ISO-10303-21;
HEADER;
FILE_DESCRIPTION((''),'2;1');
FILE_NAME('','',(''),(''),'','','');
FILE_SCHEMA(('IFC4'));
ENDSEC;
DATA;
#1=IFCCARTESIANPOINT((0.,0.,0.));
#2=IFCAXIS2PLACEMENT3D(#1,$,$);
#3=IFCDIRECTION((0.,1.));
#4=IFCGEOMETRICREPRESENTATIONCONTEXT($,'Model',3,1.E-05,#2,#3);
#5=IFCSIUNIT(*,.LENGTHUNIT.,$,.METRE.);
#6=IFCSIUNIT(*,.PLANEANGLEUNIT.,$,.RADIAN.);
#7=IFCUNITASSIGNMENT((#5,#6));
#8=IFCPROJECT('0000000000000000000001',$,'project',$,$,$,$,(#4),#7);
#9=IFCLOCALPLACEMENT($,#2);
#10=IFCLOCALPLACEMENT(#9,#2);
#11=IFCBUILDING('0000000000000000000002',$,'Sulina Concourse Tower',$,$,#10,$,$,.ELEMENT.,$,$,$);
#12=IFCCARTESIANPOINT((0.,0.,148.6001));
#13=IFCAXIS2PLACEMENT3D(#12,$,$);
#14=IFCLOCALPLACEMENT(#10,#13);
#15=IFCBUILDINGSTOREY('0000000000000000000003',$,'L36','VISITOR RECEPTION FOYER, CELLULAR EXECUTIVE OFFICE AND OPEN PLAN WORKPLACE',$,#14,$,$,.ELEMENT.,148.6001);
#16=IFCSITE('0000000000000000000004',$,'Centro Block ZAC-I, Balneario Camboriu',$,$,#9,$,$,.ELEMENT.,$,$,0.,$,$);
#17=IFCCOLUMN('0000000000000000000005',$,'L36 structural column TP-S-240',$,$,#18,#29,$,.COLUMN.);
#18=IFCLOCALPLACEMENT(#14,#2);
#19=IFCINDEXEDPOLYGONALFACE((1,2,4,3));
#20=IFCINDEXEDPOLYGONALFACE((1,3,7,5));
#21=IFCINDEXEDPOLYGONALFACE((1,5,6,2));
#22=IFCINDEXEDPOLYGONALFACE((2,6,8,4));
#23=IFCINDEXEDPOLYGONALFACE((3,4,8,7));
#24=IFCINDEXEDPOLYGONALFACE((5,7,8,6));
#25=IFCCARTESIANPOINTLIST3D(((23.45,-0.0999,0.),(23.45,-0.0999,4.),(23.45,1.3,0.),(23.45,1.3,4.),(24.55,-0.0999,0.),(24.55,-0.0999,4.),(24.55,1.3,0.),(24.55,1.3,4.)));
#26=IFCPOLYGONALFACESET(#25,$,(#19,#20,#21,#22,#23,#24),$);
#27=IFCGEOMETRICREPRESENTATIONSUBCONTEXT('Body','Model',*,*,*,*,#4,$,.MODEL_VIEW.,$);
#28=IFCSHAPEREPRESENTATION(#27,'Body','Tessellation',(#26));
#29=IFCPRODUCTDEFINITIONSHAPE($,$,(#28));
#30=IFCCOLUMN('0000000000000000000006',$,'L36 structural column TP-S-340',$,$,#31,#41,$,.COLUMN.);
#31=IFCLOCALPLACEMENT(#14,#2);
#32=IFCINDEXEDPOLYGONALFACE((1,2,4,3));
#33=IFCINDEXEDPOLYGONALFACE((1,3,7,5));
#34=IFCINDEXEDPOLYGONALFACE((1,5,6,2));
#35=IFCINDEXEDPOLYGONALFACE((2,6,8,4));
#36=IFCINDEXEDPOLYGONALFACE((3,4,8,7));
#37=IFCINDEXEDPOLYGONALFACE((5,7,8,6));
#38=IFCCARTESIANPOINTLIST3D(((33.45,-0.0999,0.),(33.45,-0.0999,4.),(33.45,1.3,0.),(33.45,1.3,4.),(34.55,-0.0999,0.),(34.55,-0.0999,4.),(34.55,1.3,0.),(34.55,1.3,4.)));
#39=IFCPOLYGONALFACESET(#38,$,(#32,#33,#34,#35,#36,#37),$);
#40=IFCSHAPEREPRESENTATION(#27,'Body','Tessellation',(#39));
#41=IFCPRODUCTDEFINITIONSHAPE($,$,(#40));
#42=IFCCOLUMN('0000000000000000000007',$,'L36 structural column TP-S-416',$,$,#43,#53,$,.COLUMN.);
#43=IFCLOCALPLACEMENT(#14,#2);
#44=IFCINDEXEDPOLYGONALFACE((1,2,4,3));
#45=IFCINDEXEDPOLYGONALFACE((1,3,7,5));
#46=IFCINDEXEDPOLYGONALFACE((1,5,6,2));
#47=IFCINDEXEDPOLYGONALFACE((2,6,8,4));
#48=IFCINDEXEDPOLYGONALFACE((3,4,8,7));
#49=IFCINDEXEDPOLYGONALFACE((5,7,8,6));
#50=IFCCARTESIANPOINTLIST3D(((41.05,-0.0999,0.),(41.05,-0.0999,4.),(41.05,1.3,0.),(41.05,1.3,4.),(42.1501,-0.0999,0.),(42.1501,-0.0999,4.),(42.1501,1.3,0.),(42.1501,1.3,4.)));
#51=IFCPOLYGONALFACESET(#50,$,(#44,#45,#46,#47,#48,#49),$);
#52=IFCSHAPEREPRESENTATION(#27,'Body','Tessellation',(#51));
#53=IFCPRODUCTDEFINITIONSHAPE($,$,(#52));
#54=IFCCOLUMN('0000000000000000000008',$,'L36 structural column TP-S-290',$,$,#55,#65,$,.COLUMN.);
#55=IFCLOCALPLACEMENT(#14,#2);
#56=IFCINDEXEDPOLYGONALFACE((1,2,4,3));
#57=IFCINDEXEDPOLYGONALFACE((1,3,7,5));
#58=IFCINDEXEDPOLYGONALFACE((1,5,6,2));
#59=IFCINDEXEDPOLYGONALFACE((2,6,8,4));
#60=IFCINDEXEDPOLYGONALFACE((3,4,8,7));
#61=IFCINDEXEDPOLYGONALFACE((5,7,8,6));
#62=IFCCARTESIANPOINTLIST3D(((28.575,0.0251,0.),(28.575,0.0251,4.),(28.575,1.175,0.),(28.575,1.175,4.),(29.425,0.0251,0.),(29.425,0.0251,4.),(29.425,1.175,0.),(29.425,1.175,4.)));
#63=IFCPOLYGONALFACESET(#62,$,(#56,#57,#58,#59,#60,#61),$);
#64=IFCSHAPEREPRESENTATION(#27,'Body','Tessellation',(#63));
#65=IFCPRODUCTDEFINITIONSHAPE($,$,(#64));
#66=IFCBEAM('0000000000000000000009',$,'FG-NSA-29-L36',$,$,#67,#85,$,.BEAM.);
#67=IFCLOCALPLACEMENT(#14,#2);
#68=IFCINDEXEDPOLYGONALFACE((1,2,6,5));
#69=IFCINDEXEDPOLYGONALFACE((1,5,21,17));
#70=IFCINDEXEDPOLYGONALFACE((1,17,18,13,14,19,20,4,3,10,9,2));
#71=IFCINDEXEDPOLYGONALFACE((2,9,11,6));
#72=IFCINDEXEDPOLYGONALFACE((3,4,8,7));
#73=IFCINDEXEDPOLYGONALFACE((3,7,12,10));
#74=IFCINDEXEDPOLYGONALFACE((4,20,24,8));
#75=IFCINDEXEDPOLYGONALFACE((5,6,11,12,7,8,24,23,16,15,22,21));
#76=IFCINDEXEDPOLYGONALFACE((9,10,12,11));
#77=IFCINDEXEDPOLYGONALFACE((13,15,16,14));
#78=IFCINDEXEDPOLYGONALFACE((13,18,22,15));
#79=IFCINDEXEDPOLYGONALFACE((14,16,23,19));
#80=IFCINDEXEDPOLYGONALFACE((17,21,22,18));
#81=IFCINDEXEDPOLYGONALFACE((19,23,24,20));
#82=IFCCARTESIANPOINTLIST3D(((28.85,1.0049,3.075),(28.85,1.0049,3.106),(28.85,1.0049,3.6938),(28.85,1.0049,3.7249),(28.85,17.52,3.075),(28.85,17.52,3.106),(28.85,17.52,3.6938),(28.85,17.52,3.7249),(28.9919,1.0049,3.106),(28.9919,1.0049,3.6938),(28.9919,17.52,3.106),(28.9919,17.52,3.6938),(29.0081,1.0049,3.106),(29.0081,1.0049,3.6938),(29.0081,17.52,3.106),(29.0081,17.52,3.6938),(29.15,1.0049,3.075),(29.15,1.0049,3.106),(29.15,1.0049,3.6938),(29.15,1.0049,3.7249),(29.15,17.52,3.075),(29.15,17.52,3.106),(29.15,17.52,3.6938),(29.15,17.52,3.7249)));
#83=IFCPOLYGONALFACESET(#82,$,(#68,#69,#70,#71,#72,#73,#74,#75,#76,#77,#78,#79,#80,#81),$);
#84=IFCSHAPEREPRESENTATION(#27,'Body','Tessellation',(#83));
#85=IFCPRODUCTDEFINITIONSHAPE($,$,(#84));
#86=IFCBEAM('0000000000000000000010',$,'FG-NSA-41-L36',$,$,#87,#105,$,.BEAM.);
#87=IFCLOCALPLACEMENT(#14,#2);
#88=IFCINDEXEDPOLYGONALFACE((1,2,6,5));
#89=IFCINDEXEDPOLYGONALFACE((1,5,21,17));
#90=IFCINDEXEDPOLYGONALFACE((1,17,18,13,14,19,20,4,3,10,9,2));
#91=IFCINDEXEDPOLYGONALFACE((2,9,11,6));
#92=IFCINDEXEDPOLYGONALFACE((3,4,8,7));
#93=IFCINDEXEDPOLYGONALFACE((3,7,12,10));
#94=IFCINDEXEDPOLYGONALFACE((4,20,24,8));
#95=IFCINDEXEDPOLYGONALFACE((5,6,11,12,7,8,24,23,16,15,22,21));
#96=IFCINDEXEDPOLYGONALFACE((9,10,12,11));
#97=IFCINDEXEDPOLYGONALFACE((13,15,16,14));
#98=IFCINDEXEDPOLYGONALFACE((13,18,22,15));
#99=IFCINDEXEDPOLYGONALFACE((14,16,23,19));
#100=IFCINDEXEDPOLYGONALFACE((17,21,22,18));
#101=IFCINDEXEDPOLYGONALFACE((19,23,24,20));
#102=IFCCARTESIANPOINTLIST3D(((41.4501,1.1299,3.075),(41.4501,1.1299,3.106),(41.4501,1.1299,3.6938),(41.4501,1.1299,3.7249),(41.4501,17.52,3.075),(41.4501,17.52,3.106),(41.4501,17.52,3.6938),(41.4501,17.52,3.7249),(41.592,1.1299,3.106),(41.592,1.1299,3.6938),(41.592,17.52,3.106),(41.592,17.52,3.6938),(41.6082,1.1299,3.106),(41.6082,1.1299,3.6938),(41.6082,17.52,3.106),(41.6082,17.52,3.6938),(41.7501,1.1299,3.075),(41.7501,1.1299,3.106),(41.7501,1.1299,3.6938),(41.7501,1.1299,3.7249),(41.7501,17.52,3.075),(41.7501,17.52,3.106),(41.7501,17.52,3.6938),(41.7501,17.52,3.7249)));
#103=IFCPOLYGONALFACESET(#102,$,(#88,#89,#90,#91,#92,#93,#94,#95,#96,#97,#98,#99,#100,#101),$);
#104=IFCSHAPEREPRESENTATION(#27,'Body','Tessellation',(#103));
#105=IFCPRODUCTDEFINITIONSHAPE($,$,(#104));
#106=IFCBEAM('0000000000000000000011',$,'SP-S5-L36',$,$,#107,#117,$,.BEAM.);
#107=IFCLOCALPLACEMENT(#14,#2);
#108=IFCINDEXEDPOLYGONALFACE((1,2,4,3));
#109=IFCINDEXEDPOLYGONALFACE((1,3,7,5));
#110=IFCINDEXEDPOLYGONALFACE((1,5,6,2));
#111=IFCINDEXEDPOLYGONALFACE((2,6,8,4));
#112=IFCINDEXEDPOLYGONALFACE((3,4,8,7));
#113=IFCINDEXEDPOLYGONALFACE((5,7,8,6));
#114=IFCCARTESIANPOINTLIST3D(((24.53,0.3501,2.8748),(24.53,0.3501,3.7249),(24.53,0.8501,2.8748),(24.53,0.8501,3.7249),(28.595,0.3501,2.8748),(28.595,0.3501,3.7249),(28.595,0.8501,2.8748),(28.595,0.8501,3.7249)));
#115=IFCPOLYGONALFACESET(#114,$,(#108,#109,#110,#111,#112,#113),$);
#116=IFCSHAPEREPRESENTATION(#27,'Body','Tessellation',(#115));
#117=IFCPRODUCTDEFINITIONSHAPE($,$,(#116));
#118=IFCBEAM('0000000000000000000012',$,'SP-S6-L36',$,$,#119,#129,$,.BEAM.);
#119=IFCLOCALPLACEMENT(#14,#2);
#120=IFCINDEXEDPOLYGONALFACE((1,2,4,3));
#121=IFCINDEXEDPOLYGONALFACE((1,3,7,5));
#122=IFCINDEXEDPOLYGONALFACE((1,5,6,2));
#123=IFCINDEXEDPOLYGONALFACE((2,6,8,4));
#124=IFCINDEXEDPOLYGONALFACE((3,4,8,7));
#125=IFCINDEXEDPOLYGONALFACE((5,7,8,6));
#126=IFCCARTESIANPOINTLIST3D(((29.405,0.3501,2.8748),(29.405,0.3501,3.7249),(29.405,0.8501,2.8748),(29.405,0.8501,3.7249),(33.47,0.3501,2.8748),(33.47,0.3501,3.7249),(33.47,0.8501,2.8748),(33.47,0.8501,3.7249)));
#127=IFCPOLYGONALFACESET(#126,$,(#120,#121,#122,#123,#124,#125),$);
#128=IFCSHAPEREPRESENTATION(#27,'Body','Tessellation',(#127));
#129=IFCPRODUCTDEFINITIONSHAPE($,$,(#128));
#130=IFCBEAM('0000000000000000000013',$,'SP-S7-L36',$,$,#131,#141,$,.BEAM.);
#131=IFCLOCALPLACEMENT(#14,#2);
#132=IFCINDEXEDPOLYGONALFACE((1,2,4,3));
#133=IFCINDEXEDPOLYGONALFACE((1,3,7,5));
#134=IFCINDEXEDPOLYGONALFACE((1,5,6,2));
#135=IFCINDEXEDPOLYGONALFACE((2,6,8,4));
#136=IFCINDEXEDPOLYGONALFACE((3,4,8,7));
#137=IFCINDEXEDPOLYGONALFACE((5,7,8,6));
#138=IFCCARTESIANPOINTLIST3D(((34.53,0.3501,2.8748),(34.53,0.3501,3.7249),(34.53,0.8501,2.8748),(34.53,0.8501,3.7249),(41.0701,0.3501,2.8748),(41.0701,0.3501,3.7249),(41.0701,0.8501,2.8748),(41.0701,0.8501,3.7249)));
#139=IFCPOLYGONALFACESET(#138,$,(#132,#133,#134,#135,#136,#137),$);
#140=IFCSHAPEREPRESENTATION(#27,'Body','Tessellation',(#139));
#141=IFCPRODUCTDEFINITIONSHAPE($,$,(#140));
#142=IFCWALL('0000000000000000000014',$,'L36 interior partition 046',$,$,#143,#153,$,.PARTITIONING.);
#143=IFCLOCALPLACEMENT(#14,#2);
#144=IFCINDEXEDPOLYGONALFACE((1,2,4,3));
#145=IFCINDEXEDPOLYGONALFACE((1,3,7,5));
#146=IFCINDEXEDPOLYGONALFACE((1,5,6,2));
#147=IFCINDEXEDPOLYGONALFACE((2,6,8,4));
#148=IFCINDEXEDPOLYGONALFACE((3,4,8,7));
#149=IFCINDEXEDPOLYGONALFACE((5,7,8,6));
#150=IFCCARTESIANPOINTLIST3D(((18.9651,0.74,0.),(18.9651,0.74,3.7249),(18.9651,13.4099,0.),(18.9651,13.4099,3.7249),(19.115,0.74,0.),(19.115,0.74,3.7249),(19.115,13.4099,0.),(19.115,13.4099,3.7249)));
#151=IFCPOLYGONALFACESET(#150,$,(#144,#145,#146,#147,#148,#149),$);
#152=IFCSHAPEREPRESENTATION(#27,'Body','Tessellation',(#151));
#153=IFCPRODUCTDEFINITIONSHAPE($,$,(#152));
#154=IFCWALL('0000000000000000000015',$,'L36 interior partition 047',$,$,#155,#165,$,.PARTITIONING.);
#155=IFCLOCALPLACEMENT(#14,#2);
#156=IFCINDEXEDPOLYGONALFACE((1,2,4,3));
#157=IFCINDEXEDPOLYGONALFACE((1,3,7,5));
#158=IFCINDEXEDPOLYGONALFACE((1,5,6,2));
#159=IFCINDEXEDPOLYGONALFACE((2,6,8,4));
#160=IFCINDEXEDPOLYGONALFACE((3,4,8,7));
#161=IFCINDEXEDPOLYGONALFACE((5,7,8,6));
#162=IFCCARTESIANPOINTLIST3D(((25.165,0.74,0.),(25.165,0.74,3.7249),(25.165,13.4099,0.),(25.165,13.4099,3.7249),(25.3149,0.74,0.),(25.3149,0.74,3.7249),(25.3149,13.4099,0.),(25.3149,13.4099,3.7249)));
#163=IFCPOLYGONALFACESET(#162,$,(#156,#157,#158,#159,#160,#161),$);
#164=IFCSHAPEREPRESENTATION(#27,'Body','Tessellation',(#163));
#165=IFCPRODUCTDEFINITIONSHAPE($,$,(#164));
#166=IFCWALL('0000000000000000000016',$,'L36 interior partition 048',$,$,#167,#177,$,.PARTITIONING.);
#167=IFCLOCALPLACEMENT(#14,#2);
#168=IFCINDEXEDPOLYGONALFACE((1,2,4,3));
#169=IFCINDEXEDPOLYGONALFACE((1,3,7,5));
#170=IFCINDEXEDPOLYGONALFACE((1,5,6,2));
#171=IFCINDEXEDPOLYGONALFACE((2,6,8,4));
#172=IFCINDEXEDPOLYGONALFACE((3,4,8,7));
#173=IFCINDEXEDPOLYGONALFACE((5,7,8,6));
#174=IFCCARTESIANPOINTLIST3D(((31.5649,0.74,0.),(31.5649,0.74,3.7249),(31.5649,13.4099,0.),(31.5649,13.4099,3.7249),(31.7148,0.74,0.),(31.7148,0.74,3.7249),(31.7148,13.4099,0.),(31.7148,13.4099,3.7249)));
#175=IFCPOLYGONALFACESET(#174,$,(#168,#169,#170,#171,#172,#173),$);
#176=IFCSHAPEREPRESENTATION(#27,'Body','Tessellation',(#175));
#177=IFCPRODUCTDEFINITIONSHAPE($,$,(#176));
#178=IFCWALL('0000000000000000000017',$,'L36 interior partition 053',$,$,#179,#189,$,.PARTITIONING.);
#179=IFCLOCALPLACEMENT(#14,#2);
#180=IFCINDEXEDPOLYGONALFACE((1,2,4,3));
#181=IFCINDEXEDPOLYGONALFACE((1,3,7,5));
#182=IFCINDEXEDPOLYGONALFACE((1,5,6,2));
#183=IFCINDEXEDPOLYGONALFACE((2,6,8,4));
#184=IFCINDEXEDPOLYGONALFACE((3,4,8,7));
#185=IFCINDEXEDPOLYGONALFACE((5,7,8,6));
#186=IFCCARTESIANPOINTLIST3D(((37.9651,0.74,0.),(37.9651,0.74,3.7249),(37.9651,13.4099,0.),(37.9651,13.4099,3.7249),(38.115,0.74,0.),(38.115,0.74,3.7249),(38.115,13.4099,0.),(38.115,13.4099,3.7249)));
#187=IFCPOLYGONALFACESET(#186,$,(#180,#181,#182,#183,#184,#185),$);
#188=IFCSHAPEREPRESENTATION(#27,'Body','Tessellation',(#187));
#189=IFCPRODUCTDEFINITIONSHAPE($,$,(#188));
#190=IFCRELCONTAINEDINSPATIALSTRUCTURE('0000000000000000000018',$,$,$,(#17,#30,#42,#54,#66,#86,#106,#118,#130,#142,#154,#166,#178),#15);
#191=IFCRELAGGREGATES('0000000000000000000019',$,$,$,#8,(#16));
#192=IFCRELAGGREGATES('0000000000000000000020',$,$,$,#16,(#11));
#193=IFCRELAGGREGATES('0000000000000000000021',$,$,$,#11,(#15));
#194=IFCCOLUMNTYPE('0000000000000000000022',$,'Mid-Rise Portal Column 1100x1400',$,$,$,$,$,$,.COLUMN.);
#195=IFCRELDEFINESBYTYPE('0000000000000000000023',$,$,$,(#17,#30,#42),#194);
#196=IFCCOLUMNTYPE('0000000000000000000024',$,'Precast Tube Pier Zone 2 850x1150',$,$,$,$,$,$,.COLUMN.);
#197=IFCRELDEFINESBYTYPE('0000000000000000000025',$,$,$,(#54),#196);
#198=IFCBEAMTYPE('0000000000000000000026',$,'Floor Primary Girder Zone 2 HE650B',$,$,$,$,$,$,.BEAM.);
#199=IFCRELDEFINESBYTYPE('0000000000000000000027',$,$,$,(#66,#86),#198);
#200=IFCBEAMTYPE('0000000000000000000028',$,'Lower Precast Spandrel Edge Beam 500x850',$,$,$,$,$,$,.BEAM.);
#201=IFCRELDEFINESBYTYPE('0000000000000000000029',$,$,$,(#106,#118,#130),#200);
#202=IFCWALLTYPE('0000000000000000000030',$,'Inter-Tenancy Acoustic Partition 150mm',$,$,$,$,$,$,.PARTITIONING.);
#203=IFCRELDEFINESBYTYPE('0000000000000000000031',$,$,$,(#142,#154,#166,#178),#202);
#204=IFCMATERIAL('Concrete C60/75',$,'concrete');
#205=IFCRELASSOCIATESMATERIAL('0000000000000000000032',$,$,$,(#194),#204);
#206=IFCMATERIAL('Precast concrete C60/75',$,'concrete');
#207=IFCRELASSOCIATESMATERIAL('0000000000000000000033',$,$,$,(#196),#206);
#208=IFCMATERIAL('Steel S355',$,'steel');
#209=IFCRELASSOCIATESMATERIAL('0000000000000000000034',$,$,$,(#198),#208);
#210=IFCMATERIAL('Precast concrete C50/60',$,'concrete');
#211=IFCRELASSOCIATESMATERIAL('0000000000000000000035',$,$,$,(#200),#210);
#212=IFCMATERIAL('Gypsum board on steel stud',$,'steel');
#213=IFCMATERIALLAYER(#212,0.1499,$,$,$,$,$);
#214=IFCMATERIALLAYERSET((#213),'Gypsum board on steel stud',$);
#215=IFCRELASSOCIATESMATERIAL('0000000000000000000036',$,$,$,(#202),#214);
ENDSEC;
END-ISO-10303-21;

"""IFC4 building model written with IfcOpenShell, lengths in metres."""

from ifc_helpers import new_model, si_unit, direction, frame, frame_2d, origin, origin_2d, place, context, subcontext, project, spatial, rectangle, i_section, extrude, material, layer, layer_set, material_profile, profile_set, type_object, element, save


model = new_model("IFC4")

# Units and contexts
model_context = context("Model", 3, precision=1e-05, world=origin(), true_north=direction((0.0, 1.0)))
body_context = subcontext(model_context, "Body", "Model", "MODEL_VIEW")
ifc_project = project(units=[si_unit("LENGTHUNIT", "METRE"), si_unit("PLANEANGLEUNIT", "RADIAN")], contexts=[model_context])

# Site, building, storey
site_placement = place(None, origin())
site = spatial("IfcSite", under=ifc_project, at=site_placement, Name="Centro Block ZAC-I, Balneario Camboriu", CompositionType="ELEMENT", RefElevation=0.0)
building_placement = place(site_placement, origin())
building = spatial("IfcBuilding", under=site, at=building_placement, Name="Sulina Concourse Tower", CompositionType="ELEMENT")
storey_placement = place(building_placement, frame((0.0, 0.0, 148.6001)))
storey = spatial("IfcBuildingStorey", under=building, at=storey_placement, Name="L36", Description="VISITOR RECEPTION FOYER, CELLULAR EXECUTIVE OFFICE AND OPEN PLAN WORKPLACE", CompositionType="ELEMENT", Elevation=148.6001)

# Columns
ifc_material_1 = material(Name="Concrete C60/75", Category="concrete")
ifc_material_profile_1 = material_profile(ifc_material_1, rectangle(XDim=1.1001, YDim=1.3999, at=origin_2d()), Name="RC 1100x1400")
ifc_profile_set_1 = profile_set([ifc_material_profile_1], Name="Concrete C60/75")
column_type_1 = type_object("IfcColumnType", Name="Mid-Rise Portal Column 1100x1400", PredefinedType="COLUMN", material=ifc_profile_set_1)
for number, where, z_axis, x_axis, name in (
    (1, (24.0, 0.6001, 0.0), (0.0, 0.0, 1.0), (1.0, 0.0, 0.0), "L36 structural column TP-S-240"),
    (2, (34.0, 0.6001, 0.0), (0.0, 0.0, 1.0), (1.0, 0.0, 0.0), "L36 structural column TP-S-340"),
    (3, (41.6001, 0.6001, 0.0), (0.0, 0.0, 1.0), (1.0, 0.0, 0.0), "L36 structural column TP-S-416"),
):
    element("IfcColumn", number, at=place(storey_placement, frame(where, z_axis=z_axis, x_axis=x_axis)), inside=storey, type_object=column_type_1, Name=name, PredefinedType="COLUMN", context=body_context, shape_type="SweptSolid", body=[
        extrude(rectangle(XDim=1.1001, YDim=1.3999, at=origin_2d()), origin(), (0.0, 0.0, 1.0), 4.0),
    ])
ifc_material_2 = material(Name="Precast concrete C60/75", Category="concrete")
ifc_material_profile_2 = material_profile(ifc_material_2, rectangle(XDim=0.8501, YDim=1.1499, at=origin_2d()), Name="PC 850x1150")
ifc_profile_set_2 = profile_set([ifc_material_profile_2], Name="Precast concrete C60/75")
column_type_2 = type_object("IfcColumnType", Name="Precast Tube Pier Zone 2 850x1150", PredefinedType="COLUMN", material=ifc_profile_set_2)
column_placement = place(storey_placement, frame((29.0, 0.6001, 0.0), z_axis=(0.0, 0.0, 1.0), x_axis=(1.0, 0.0, 0.0)))
element("IfcColumn", 4, at=column_placement, inside=storey, type_object=column_type_2, Name="L36 structural column TP-S-290", PredefinedType="COLUMN", context=body_context, shape_type="SweptSolid", body=[
    extrude(rectangle(XDim=0.8501, YDim=1.1499, at=origin_2d()), origin(), (0.0, 0.0, 1.0), 4.0),
])

# Beams
ifc_material_3 = material(Name="Steel S355", Category="steel")
ifc_material_profile_3 = material_profile(ifc_material_3, i_section(OverallWidth=0.3, OverallDepth=0.6499, WebThickness=0.0161, FlangeThickness=0.031, at=origin_2d()), Name="HE 650 B")
ifc_profile_set_3 = profile_set([ifc_material_profile_3], Name="Steel S355")
beam_type_1 = type_object("IfcBeamType", Name="Floor Primary Girder Zone 2 HE650B", PredefinedType="BEAM", material=ifc_profile_set_3)
beam_1_placement = place(storey_placement, frame((29.0, 1.0049, 3.3999), z_axis=(0.0, 1.0, 0.0), x_axis=(-1.0, 0.0, 0.0)))
element("IfcBeam", 5, at=beam_1_placement, inside=storey, type_object=beam_type_1, Name="FG-NSA-29-L36", PredefinedType="BEAM", context=body_context, shape_type="SweptSolid", body=[
    extrude(i_section(OverallWidth=0.3, OverallDepth=0.6499, WebThickness=0.0161, FlangeThickness=0.031, at=origin_2d()), origin(), (0.0, 0.0, 1.0), 16.5151),
])
beam_2_placement = place(storey_placement, frame((41.6001, 1.1299, 3.3999), z_axis=(0.0, 1.0, 0.0), x_axis=(-1.0, 0.0, 0.0)))
element("IfcBeam", 6, at=beam_2_placement, inside=storey, type_object=beam_type_1, Name="FG-NSA-41-L36", PredefinedType="BEAM", context=body_context, shape_type="SweptSolid", body=[
    extrude(i_section(OverallWidth=0.3, OverallDepth=0.6499, WebThickness=0.0161, FlangeThickness=0.031, at=origin_2d()), origin(), (0.0, 0.0, 1.0), 16.3901),
])
ifc_material_4 = material(Name="Precast concrete C50/60", Category="concrete")
ifc_material_profile_4 = material_profile(ifc_material_4, rectangle(XDim=0.5, YDim=0.8501, at=origin_2d()), Name="RC 500x850")
ifc_profile_set_4 = profile_set([ifc_material_profile_4], Name="Precast concrete C50/60")
beam_type_2 = type_object("IfcBeamType", Name="Lower Precast Spandrel Edge Beam 500x850", PredefinedType="BEAM", material=ifc_profile_set_4)
for number, where, z_axis, x_axis, name in (
    (7, (24.53, 0.6001, 3.2998), (1.0, 0.0, 0.0), (0.0, 1.0, 0.0), "SP-S5-L36"),
    (8, (29.405, 0.6001, 3.2998), (1.0, 0.0, 0.0), (0.0, 1.0, 0.0), "SP-S6-L36"),
):
    element("IfcBeam", number, at=place(storey_placement, frame(where, z_axis=z_axis, x_axis=x_axis)), inside=storey, type_object=beam_type_2, Name=name, PredefinedType="BEAM", context=body_context, shape_type="SweptSolid", body=[
        extrude(rectangle(XDim=0.5, YDim=0.8501, at=origin_2d()), origin(), (0.0, 0.0, 1.0), 4.0649),
    ])
beam_3_placement = place(storey_placement, frame((34.53, 0.6001, 3.2998), z_axis=(1.0, 0.0, 0.0), x_axis=(0.0, 1.0, 0.0)))
element("IfcBeam", 9, at=beam_3_placement, inside=storey, type_object=beam_type_2, Name="SP-S7-L36", PredefinedType="BEAM", context=body_context, shape_type="SweptSolid", body=[
    extrude(rectangle(XDim=0.5, YDim=0.8501, at=origin_2d()), origin(), (0.0, 0.0, 1.0), 6.54),
])

# Walls
ifc_material_5 = material(Name="Gypsum board on steel stud", Category="steel")
ifc_layer_1 = layer(ifc_material_5, 0.1499)
ifc_layer_set_1 = layer_set([ifc_layer_1], Name="Gypsum board on steel stud")
wall_type_1 = type_object("IfcWallType", Name="Inter-Tenancy Acoustic Partition 150mm", PredefinedType="PARTITIONING", material=ifc_layer_set_1)
for number, where, z_axis, x_axis, name in (
    (10, (19.04, 0.74, 0.0), (0.0, 0.0, 1.0), (0.0, 1.0, 0.0), "L36 interior partition 046"),
    (11, (25.24, 0.74, 0.0), (0.0, 0.0, 1.0), (0.0, 1.0, 0.0), "L36 interior partition 047"),
    (12, (31.6399, 0.74, 0.0), (0.0, 0.0, 1.0), (0.0, 1.0, 0.0), "L36 interior partition 048"),
    (13, (38.04, 0.74, 0.0), (0.0, 0.0, 1.0), (0.0, 1.0, 0.0), "L36 interior partition 053"),
):
    element("IfcWall", number, at=place(storey_placement, frame(where, z_axis=z_axis, x_axis=x_axis)), inside=storey, type_object=wall_type_1, Name=name, PredefinedType="PARTITIONING", context=body_context, shape_type="SweptSolid", body=[
        extrude(rectangle(XDim=12.6699, YDim=0.1499, at=frame_2d((6.335, 0.0))), origin(), (0.0, 0.0, 1.0), 3.7249),
    ])

save(model, "model.ifc")
